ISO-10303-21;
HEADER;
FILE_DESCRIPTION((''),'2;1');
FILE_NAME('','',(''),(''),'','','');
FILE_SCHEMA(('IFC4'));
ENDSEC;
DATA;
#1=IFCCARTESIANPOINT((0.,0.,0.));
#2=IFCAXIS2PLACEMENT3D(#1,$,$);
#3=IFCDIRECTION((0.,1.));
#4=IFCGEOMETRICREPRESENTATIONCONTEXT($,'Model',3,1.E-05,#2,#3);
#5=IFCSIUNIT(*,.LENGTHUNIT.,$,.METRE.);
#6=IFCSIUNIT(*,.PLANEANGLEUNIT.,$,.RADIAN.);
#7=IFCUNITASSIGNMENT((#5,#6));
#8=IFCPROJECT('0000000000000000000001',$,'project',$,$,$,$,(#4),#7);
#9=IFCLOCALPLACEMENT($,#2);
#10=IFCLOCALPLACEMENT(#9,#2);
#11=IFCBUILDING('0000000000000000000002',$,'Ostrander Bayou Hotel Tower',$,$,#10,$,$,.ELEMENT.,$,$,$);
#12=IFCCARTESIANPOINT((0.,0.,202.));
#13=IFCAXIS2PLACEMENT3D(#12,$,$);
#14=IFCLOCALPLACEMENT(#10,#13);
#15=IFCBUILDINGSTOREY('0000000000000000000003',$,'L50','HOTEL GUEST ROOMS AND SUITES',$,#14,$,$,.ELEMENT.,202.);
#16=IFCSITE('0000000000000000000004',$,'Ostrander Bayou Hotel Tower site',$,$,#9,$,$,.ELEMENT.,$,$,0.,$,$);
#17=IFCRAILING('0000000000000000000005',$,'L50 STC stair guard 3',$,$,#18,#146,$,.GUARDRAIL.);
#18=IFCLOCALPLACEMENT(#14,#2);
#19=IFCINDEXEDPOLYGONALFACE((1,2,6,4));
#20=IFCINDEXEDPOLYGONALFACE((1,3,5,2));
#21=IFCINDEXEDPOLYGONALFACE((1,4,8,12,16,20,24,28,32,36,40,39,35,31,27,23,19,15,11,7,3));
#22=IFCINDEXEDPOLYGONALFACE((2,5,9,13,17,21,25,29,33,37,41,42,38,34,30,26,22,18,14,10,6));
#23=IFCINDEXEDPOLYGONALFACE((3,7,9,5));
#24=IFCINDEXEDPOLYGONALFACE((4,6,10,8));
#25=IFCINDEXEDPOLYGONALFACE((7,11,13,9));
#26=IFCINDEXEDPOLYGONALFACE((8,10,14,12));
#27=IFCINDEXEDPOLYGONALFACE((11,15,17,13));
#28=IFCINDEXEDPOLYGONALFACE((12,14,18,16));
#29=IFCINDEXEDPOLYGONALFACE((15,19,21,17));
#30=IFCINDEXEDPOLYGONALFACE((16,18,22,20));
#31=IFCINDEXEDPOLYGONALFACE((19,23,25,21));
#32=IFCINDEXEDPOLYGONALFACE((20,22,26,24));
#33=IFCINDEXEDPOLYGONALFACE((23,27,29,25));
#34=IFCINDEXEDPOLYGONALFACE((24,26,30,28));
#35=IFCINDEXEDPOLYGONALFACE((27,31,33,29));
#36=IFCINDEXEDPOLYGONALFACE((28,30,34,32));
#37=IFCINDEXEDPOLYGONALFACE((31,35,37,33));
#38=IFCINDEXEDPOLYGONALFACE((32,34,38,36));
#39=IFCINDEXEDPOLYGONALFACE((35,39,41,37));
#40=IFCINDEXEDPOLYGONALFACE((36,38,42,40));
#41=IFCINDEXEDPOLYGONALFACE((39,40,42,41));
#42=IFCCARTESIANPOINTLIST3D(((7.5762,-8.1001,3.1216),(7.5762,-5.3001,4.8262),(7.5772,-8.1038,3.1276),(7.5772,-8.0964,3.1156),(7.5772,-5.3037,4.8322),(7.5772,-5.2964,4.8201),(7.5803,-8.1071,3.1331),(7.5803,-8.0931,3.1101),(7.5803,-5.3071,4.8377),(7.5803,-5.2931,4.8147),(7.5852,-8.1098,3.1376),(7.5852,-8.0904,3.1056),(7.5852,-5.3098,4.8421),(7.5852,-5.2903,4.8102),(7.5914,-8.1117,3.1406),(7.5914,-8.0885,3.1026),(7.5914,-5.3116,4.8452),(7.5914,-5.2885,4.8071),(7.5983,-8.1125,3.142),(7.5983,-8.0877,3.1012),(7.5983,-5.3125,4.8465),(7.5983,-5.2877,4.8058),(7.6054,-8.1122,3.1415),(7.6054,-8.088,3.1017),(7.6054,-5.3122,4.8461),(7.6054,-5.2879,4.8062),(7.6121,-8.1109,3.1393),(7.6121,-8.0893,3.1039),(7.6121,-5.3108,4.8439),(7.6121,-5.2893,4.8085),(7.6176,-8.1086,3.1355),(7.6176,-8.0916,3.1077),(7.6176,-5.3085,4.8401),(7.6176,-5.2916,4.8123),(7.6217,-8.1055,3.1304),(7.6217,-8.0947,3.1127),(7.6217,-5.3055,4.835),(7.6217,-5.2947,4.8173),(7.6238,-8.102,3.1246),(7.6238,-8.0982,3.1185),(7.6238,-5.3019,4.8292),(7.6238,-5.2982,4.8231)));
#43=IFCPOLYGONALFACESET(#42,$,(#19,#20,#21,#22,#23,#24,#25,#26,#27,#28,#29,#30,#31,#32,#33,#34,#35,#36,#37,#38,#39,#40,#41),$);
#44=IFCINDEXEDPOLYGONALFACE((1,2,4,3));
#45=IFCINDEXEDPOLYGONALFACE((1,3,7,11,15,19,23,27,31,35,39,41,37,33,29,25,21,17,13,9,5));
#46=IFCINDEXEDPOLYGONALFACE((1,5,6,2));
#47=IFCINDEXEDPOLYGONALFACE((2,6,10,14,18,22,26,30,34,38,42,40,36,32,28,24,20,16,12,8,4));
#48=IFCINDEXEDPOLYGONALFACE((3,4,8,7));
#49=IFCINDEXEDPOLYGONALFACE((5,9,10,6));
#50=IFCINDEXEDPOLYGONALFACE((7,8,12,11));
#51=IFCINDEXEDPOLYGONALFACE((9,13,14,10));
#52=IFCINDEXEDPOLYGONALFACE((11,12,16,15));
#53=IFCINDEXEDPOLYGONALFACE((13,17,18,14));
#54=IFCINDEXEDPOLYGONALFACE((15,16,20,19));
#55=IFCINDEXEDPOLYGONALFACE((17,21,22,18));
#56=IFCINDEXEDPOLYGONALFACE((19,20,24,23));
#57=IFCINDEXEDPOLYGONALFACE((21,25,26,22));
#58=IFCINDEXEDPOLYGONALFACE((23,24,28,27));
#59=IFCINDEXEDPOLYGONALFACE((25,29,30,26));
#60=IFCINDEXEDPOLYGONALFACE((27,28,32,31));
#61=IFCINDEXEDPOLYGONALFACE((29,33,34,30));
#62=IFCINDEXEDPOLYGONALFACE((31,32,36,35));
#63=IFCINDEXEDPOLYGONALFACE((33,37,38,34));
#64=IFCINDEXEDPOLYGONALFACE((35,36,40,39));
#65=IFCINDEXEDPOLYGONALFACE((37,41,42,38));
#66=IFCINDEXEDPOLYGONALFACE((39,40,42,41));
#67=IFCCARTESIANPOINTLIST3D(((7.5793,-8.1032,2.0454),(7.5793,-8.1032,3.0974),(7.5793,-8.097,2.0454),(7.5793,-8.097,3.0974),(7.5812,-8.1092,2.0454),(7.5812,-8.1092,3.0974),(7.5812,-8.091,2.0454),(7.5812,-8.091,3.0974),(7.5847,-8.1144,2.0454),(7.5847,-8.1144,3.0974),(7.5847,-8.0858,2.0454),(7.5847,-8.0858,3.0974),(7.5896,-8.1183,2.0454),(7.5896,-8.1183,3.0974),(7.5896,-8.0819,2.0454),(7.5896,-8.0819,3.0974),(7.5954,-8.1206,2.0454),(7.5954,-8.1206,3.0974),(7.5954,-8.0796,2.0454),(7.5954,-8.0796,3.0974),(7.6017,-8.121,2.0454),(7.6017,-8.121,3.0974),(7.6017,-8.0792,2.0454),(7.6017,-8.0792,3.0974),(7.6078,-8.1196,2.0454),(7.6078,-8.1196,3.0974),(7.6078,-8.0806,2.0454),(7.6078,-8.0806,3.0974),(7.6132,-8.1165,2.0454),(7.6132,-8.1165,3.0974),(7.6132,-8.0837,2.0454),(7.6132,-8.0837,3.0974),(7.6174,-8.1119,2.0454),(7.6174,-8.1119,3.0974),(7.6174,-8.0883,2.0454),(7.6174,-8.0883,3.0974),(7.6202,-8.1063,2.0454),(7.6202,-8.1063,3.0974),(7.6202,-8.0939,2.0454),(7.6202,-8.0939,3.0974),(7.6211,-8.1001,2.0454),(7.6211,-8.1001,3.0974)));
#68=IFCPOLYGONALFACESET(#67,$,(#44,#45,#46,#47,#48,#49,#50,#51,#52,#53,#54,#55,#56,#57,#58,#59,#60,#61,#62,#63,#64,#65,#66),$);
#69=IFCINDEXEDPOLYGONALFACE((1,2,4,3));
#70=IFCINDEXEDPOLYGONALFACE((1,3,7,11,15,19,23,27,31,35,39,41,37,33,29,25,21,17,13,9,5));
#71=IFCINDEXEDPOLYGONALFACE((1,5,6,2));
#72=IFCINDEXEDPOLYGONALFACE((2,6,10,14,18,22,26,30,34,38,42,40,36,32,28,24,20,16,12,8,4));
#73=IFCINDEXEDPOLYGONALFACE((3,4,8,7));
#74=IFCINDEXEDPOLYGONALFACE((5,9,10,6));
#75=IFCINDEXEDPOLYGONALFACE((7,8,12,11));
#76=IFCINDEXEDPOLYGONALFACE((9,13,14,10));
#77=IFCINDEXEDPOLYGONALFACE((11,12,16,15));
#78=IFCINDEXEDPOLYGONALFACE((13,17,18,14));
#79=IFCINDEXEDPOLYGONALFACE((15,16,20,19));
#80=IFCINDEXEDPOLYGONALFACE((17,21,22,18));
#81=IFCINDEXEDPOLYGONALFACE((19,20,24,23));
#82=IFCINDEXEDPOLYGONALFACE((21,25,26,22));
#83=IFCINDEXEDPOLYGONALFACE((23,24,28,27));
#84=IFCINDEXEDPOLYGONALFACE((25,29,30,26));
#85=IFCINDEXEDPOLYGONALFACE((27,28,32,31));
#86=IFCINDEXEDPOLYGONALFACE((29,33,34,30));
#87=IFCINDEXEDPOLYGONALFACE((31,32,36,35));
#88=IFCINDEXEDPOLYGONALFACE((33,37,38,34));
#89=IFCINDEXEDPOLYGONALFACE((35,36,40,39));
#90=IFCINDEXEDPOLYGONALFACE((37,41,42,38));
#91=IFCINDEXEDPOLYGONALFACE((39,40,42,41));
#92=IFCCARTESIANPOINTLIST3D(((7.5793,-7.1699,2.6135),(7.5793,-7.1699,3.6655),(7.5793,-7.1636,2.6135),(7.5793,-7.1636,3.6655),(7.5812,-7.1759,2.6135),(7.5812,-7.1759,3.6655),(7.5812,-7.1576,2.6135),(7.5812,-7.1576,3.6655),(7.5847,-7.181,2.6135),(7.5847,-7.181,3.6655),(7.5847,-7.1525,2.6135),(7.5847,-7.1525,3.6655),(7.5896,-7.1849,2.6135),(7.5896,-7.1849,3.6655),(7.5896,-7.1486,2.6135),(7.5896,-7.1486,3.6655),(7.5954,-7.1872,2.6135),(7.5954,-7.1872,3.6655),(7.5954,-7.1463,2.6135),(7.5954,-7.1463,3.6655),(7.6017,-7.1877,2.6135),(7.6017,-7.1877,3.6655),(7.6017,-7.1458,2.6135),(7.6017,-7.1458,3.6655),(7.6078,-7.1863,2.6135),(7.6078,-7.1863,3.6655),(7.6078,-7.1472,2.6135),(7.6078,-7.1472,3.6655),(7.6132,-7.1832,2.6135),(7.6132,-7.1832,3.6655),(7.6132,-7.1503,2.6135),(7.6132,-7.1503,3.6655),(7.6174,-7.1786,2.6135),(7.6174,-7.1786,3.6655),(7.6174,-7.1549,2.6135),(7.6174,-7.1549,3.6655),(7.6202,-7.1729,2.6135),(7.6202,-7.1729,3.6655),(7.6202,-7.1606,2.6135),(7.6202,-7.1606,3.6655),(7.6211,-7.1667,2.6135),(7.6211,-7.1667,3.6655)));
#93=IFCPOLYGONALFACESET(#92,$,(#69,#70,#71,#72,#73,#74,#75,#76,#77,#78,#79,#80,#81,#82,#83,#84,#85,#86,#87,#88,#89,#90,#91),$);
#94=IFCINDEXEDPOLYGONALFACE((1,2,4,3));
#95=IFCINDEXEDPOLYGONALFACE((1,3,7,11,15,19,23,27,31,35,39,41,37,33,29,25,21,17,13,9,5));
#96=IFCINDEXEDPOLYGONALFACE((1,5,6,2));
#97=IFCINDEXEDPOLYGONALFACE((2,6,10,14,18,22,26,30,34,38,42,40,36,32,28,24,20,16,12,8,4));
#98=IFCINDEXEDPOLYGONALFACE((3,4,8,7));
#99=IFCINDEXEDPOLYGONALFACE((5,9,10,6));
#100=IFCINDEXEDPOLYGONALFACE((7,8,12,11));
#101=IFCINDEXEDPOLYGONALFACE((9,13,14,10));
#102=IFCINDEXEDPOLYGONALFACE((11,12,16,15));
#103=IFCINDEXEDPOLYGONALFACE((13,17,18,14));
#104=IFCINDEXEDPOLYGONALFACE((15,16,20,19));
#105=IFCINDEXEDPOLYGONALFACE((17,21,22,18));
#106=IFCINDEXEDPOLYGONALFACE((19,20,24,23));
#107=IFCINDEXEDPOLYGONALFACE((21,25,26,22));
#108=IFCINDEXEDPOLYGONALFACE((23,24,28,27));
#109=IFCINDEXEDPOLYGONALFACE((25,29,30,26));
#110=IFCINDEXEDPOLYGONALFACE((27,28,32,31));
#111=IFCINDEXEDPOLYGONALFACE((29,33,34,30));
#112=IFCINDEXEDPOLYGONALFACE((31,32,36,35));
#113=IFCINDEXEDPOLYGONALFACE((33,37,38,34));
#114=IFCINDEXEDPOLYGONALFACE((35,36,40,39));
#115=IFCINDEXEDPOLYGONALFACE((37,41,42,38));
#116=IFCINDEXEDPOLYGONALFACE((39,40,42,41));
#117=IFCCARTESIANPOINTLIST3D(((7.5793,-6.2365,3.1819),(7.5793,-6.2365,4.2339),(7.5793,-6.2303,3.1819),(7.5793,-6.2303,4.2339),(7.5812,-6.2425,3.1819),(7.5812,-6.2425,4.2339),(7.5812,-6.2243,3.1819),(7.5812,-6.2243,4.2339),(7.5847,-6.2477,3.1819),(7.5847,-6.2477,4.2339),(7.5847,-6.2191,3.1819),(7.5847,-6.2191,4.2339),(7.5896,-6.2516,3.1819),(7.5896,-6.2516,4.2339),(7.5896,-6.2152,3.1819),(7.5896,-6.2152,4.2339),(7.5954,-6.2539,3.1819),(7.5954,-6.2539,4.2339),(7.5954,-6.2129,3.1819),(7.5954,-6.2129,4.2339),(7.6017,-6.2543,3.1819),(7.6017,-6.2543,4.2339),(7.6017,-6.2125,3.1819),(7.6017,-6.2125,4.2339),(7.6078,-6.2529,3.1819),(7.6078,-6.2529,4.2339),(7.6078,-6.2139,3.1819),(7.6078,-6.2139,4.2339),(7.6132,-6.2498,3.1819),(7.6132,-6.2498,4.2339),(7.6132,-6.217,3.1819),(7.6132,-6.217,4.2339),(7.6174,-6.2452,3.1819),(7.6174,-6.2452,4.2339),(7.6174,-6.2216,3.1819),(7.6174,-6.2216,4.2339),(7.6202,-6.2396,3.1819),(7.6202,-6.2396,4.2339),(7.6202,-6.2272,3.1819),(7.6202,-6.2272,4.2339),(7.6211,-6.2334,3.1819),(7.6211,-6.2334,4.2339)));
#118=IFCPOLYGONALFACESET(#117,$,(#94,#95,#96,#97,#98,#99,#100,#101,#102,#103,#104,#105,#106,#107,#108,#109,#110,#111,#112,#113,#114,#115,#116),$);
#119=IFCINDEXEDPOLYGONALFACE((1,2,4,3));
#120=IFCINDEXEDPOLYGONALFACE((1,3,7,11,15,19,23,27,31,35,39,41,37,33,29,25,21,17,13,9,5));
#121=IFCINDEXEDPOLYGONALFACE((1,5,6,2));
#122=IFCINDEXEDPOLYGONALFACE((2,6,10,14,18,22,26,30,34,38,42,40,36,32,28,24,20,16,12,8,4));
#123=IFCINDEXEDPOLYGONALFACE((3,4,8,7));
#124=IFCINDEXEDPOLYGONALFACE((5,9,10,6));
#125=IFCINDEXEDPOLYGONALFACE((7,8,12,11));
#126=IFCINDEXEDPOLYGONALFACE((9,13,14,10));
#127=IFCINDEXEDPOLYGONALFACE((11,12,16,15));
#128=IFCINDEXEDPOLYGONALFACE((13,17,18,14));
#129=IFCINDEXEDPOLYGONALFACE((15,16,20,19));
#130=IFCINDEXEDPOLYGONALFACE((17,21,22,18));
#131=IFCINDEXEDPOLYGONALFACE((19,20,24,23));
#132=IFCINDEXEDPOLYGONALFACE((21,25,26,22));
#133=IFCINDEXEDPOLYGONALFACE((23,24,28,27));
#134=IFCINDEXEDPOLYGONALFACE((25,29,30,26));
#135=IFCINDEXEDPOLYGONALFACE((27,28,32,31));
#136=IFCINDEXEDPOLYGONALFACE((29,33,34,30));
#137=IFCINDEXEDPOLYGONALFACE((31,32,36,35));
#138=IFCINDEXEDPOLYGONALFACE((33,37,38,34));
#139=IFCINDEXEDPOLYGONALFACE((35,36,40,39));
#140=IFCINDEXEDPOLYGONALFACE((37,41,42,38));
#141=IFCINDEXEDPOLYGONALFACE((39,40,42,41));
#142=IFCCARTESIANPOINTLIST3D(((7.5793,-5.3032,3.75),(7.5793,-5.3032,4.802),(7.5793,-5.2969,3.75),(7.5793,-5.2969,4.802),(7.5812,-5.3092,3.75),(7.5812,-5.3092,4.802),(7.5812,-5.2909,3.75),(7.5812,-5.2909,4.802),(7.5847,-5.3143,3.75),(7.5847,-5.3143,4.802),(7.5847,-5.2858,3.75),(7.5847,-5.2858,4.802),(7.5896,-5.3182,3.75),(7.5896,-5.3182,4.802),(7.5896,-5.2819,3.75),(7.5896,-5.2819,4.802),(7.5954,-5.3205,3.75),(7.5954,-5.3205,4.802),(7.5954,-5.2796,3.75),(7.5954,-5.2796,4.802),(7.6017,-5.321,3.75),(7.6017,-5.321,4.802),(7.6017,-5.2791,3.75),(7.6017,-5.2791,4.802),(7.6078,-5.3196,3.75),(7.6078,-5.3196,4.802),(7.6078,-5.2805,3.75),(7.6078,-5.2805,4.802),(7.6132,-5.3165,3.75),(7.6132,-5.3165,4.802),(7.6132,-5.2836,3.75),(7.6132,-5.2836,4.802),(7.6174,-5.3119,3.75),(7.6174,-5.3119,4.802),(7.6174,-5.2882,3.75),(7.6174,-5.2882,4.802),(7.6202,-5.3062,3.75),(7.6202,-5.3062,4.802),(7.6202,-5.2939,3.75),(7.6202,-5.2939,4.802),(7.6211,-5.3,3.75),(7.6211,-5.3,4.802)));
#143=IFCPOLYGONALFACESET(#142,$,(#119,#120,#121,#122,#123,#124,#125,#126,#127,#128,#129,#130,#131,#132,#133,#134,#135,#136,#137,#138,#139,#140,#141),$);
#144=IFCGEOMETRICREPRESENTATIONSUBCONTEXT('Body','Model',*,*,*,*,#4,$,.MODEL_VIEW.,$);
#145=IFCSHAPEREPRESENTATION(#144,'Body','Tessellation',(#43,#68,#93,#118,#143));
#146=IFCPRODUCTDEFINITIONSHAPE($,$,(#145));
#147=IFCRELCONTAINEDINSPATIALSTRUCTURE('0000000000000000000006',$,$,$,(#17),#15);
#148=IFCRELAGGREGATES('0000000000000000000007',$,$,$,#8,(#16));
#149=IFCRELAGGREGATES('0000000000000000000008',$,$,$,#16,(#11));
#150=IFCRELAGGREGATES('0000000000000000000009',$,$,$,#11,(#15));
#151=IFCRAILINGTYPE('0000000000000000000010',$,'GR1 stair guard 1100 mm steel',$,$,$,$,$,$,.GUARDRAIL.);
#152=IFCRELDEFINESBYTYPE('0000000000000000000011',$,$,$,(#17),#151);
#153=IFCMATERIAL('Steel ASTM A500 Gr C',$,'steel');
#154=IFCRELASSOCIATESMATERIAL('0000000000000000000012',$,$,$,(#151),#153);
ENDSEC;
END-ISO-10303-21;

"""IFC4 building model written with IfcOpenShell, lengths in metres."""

from ifc_helpers import new_model, si_unit, direction, frame, origin, origin_2d, place, context, subcontext, project, spatial, circle, extrude, material, type_object, element, save


model = new_model("IFC4")

# Units and contexts
model_context = context("Model", 3, precision=1e-05, world=origin(), true_north=direction((0.0, 1.0)))
body_context = subcontext(model_context, "Body", "Model", "MODEL_VIEW")
ifc_project = project(units=[si_unit("LENGTHUNIT", "METRE"), si_unit("PLANEANGLEUNIT", "RADIAN")], contexts=[model_context])

# Site, building, storey
site_placement = place(None, origin())
site = spatial("IfcSite", under=ifc_project, at=site_placement, Name="Ostrander Bayou Hotel Tower site", CompositionType="ELEMENT", RefElevation=0.0)
building_placement = place(site_placement, origin())
building = spatial("IfcBuilding", under=site, at=building_placement, Name="Ostrander Bayou Hotel Tower", CompositionType="ELEMENT")
storey_placement = place(building_placement, frame((0.0, 0.0, 202.0)))
storey = spatial("IfcBuildingStorey", under=building, at=storey_placement, Name="L50", Description="HOTEL GUEST ROOMS AND SUITES", CompositionType="ELEMENT", Elevation=202.0)

# Railing
ifc_material_1 = material(Name="Steel ASTM A500 Gr C", Category="steel")
railing_type_1 = type_object("IfcRailingType", Name="GR1 stair guard 1100 mm steel", PredefinedType="GUARDRAIL", material=ifc_material_1)
railing_1_placement = place(storey_placement, frame((7.6001, -8.1001, 2.0454)))
element("IfcRailing", 1, at=railing_1_placement, inside=storey, type_object=railing_type_1, Name="L50 STC stair guard 3", PredefinedType="GUARDRAIL", context=body_context, shape_type="SweptSolid", body=[
    extrude(circle(Radius=0.0239, at=origin_2d()), frame((0.0, 0.0, 1.0762), z_axis=(0.0, 0.85417, 0.519994), x_axis=(-1.0, 0.0, 0.0)), (0.0, 0.0, 1.0), 3.2781),
    extrude(circle(Radius=0.021, at=origin_2d()), origin(), (0.0, 0.0, 1.0), 1.052),
    extrude(circle(Radius=0.021, at=origin_2d()), frame((0.0, 0.9333, 0.5681)), (0.0, 0.0, 1.0), 1.052),
    extrude(circle(Radius=0.021, at=origin_2d()), frame((0.0, 1.8667, 1.1365)), (0.0, 0.0, 1.0), 1.052),
    extrude(circle(Radius=0.021, at=origin_2d()), frame((0.0, 2.8, 1.7046)), (0.0, 0.0, 1.0), 1.052),
])

save(model, "model.ifc")
